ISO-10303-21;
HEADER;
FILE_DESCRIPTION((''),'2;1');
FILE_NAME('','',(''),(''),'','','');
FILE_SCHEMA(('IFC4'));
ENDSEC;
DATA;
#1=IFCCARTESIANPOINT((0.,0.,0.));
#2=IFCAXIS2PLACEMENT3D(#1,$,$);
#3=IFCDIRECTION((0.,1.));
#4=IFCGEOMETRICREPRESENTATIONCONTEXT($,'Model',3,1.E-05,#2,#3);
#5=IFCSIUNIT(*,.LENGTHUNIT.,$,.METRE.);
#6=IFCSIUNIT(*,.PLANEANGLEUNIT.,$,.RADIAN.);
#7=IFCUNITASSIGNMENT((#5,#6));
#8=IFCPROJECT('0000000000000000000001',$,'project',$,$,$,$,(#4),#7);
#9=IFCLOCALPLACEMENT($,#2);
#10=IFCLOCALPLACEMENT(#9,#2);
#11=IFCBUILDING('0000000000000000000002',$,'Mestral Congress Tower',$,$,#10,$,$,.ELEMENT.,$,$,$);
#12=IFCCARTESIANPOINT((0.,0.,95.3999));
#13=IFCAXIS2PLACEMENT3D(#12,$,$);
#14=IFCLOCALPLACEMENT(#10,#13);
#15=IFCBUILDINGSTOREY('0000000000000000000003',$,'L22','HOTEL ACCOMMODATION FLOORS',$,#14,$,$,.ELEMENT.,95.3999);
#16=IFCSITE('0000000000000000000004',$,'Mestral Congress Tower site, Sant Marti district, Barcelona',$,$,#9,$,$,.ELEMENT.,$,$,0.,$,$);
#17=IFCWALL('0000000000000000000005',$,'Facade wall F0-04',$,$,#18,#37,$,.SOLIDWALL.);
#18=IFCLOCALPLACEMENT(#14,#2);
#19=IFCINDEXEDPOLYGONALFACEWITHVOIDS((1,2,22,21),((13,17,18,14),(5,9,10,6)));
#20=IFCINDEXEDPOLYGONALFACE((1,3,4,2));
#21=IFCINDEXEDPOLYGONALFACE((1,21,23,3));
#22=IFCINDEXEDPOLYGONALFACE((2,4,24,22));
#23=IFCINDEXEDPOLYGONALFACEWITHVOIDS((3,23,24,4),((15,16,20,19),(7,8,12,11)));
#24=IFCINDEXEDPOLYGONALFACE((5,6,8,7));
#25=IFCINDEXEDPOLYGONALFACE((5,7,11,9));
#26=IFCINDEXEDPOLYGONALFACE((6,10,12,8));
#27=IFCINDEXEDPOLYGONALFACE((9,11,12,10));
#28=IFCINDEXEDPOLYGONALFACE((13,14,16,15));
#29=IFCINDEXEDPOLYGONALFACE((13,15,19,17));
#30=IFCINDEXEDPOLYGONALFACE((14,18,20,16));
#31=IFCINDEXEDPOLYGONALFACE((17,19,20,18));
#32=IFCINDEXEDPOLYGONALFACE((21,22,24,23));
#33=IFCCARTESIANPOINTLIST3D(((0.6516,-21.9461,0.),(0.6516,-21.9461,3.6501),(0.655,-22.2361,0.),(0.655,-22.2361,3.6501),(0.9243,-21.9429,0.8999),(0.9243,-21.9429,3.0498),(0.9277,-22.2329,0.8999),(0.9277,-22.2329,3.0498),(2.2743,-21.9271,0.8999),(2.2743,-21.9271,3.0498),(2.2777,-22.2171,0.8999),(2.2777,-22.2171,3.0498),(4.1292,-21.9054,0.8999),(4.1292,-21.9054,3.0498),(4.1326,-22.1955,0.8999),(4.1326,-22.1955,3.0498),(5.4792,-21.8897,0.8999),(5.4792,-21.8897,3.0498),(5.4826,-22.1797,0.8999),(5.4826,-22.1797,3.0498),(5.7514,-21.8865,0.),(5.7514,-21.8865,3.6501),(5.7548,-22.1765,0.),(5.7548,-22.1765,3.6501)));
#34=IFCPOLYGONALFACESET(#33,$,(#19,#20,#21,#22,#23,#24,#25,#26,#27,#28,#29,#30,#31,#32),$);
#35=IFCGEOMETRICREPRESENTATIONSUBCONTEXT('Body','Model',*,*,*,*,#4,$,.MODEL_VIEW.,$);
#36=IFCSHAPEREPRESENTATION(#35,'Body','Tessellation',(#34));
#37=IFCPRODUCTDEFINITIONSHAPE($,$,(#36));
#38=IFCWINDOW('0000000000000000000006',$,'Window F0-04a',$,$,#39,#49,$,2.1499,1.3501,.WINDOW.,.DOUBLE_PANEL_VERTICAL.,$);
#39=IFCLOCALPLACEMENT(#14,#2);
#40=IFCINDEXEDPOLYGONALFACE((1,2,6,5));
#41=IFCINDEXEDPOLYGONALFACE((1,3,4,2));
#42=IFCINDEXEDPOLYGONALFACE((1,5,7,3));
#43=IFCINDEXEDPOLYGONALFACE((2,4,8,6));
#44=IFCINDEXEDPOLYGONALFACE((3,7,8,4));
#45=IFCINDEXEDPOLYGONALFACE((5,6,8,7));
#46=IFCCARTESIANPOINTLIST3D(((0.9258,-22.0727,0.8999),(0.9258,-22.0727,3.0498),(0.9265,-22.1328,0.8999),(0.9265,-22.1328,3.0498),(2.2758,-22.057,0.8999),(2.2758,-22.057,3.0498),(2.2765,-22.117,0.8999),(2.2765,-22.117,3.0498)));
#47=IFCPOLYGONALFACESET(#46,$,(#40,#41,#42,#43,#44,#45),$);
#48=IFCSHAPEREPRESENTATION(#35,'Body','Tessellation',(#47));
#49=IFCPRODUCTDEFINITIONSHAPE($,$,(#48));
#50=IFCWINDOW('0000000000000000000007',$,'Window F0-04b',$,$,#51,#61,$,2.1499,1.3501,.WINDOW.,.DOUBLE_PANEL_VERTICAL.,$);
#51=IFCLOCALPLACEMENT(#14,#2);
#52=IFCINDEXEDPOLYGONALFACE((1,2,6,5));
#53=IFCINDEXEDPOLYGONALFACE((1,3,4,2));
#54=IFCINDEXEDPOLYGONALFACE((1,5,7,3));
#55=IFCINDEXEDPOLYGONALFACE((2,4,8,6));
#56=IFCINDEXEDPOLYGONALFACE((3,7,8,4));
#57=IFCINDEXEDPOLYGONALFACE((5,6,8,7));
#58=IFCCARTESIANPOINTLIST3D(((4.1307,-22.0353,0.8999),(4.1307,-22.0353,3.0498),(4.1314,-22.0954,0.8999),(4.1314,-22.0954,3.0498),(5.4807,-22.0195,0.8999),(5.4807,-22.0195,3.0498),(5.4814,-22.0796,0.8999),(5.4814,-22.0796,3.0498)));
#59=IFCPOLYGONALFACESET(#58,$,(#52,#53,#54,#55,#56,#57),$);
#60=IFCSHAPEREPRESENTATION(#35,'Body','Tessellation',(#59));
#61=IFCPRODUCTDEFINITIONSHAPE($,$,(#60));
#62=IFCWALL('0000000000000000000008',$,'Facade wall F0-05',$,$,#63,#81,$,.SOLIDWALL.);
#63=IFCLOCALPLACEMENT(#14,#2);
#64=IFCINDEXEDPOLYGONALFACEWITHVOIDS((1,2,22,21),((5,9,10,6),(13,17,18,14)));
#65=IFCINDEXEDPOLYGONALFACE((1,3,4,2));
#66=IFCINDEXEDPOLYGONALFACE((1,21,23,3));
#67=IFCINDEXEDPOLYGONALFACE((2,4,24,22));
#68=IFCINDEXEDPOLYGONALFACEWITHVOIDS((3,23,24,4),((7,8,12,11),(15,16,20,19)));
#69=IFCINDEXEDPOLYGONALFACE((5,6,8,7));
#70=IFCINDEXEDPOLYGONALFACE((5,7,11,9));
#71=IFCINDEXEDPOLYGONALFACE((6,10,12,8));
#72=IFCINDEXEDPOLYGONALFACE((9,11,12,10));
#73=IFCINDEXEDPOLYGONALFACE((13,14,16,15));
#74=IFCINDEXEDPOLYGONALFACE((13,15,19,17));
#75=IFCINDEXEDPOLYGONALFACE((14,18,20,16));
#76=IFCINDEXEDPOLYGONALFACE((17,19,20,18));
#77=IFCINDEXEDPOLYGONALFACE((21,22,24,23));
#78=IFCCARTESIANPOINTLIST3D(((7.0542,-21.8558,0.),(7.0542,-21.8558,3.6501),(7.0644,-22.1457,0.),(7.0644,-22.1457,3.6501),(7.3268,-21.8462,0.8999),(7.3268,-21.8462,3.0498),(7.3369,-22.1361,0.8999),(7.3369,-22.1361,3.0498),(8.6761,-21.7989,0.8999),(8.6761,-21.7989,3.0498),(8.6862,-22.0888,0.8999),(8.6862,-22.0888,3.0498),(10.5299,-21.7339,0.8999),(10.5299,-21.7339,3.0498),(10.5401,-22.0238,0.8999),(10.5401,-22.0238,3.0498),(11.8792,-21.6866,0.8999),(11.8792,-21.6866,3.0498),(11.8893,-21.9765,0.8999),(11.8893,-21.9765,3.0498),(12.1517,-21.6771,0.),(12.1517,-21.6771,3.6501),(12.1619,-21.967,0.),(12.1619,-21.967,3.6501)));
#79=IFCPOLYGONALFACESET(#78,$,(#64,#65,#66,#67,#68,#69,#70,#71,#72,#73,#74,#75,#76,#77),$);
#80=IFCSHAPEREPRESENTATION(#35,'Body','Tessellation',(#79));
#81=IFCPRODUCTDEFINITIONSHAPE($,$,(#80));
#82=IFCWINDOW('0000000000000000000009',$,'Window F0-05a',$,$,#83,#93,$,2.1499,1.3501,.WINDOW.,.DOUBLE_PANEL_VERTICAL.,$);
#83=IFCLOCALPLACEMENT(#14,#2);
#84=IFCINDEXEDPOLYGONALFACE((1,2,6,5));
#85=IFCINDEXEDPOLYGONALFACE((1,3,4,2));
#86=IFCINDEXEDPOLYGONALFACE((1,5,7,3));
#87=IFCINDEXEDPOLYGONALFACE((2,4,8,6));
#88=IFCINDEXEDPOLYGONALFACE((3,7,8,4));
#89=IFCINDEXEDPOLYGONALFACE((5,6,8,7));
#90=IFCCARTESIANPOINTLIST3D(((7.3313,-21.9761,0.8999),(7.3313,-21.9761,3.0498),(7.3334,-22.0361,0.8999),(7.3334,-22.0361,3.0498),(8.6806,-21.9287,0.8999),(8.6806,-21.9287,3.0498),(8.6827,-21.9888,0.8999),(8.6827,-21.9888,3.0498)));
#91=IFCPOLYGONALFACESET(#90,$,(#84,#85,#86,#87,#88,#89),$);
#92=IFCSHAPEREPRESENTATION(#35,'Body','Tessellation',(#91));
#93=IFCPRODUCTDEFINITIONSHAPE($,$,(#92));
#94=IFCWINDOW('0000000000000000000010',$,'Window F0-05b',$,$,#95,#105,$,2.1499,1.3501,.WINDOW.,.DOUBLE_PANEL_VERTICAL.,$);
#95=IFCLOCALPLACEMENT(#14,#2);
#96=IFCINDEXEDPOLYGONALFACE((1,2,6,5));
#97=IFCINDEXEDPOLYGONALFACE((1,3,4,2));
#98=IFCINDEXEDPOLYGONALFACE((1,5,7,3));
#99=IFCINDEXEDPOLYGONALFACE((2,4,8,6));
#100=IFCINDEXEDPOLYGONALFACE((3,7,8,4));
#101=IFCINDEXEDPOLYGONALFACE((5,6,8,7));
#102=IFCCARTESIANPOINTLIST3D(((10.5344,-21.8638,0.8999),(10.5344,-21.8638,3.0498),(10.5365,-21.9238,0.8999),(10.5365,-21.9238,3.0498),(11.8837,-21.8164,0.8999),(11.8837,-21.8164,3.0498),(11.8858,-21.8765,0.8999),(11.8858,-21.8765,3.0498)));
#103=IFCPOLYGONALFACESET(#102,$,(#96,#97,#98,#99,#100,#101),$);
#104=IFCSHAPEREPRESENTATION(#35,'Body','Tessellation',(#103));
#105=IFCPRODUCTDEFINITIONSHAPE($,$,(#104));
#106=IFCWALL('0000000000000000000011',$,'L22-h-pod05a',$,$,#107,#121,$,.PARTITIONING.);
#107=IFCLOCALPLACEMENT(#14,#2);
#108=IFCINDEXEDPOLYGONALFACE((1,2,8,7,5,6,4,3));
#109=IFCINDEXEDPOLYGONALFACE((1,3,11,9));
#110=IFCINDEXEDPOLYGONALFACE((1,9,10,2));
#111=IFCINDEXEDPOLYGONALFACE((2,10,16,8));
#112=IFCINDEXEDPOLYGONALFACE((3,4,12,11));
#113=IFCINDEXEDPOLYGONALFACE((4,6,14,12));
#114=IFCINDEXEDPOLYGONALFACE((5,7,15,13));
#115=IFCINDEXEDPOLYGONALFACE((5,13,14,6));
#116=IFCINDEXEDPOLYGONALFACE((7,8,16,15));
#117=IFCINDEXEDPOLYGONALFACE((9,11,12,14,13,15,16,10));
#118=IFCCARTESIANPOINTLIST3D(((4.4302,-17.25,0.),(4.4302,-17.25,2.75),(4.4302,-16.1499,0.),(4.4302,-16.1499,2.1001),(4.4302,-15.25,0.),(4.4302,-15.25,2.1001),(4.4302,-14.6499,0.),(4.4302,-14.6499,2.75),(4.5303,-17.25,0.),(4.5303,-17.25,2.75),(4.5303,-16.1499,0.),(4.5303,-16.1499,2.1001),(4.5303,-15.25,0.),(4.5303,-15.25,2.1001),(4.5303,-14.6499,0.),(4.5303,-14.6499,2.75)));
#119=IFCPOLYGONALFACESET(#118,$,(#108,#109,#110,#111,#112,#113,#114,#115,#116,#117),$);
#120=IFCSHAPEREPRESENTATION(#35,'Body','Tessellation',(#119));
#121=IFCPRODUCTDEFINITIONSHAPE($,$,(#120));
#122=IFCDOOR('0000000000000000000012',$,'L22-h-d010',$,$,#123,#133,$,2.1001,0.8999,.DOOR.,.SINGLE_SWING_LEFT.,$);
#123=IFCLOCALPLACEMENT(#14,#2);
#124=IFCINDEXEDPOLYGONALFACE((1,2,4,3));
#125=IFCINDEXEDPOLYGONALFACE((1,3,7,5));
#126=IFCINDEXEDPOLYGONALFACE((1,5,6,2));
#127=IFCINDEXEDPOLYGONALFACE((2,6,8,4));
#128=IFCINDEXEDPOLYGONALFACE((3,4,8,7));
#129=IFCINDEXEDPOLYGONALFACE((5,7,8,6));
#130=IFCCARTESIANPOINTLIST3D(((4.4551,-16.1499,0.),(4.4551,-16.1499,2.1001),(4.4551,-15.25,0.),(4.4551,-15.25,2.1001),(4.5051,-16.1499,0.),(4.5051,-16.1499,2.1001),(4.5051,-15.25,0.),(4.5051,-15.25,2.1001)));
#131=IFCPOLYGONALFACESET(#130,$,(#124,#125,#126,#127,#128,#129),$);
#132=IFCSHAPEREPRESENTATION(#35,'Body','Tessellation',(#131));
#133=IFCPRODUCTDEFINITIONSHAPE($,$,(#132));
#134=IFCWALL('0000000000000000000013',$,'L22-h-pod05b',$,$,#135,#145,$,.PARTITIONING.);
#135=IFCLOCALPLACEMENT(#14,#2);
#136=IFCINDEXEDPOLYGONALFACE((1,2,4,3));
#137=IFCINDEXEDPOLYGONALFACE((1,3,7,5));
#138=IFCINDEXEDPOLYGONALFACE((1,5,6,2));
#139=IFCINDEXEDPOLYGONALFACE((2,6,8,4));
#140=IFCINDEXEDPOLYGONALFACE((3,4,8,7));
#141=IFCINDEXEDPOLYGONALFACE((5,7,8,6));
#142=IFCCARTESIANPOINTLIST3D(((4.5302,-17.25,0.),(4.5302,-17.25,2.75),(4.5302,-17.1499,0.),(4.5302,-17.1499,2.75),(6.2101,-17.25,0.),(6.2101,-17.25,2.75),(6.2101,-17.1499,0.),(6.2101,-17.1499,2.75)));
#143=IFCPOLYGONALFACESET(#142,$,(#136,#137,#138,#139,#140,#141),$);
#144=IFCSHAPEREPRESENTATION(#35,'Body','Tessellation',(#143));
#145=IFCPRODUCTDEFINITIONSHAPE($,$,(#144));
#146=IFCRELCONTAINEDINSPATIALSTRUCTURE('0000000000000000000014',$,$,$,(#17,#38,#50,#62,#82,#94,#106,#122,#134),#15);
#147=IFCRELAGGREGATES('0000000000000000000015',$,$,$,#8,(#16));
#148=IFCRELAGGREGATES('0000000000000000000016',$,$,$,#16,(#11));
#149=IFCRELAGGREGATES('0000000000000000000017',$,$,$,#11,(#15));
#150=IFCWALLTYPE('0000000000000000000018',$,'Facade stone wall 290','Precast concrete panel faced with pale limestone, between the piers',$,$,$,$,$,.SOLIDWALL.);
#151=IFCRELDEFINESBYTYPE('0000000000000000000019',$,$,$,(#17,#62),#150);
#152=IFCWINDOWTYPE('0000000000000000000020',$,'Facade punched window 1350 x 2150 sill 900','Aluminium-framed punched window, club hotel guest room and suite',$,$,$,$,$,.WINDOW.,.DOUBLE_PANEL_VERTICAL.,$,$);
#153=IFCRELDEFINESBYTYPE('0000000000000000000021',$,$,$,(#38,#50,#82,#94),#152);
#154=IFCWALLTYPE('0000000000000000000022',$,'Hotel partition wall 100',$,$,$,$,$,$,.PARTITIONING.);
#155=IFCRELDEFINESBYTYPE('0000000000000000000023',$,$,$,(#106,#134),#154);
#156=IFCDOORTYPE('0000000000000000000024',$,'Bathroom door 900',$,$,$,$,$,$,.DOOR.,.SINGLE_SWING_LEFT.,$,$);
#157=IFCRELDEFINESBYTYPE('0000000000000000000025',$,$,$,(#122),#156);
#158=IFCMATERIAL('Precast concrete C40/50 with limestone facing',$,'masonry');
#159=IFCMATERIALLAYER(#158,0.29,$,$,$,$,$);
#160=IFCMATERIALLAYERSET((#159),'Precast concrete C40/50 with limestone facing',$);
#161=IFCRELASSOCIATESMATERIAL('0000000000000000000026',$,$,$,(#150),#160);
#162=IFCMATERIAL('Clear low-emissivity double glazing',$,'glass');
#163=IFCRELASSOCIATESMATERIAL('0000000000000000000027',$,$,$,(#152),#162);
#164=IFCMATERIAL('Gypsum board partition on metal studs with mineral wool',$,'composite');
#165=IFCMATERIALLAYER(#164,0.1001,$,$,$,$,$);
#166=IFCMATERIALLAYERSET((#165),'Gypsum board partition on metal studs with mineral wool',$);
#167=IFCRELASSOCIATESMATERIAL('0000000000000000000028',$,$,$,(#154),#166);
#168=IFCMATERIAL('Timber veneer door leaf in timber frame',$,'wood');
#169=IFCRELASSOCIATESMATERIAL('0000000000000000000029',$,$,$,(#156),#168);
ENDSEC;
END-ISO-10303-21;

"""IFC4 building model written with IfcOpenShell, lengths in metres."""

from ifc_helpers import new_model, si_unit, direction, frame, frame_2d, origin, place, context, subcontext, project, spatial, rectangle, extrude, material, layer, layer_set, type_object, element, fill, save


model = new_model("IFC4")

# Units and contexts
model_context = context("Model", 3, precision=1e-05, world=origin(), true_north=direction((0.0, 1.0)))
body_context = subcontext(model_context, "Body", "Model", "MODEL_VIEW")
ifc_project = project(units=[si_unit("LENGTHUNIT", "METRE"), si_unit("PLANEANGLEUNIT", "RADIAN")], contexts=[model_context])

# Site, building, storey
site_placement = place(None, origin())
site = spatial("IfcSite", under=ifc_project, at=site_placement, Name="Mestral Congress Tower site, Sant Marti district, Barcelona", CompositionType="ELEMENT", RefElevation=0.0)
building_placement = place(site_placement, origin())
building = spatial("IfcBuilding", under=site, at=building_placement, Name="Mestral Congress Tower", CompositionType="ELEMENT")
storey_placement = place(building_placement, frame((0.0, 0.0, 95.3999)))
storey = spatial("IfcBuildingStorey", under=building, at=storey_placement, Name="L22", Description="HOTEL ACCOMMODATION FLOORS", CompositionType="ELEMENT", Elevation=95.3999)

# Walls, openings, windows
ifc_material_1 = material(Name="Precast concrete C40/50 with limestone facing", Category="masonry")
ifc_layer_1 = layer(ifc_material_1, 0.29)
ifc_layer_set_1 = layer_set([ifc_layer_1], Name="Precast concrete C40/50 with limestone facing")
wall_type_1 = type_object("IfcWallType", Name="Facade stone wall 290", Description="Precast concrete panel faced with pale limestone, between the piers", PredefinedType="SOLIDWALL", material=ifc_layer_set_1)
wall_1_placement = place(storey_placement, frame((0.6533, -22.0911, 0.0), z_axis=(0.0, 0.0, 1.0), x_axis=(0.999932, 0.01168, 0.0)))
wall_1 = element("IfcWall", 1, at=wall_1_placement, inside=storey, type_object=wall_type_1, Name="Facade wall F0-04", PredefinedType="SOLIDWALL", context=body_context, shape_type="SweptSolid", body=[
    extrude(rectangle(XDim=5.1001, YDim=0.29, at=frame_2d((2.55, 0.0))), origin(), (0.0, 0.0, 1.0), 3.6501),
])
opening_1_placement = place(wall_1_placement, frame((0.2727, 0.0, 0.8999)))
opening_1 = element("IfcOpeningElement", 2, at=opening_1_placement, cuts=wall_1, PredefinedType="OPENING", context=body_context, shape_type="SweptSolid", body=[
    extrude(rectangle(XDim=1.3501, YDim=2.1499, at=frame_2d((0.675, 1.075))), frame((0.0, 0.155, 0.0), z_axis=(0.0, -1.0, 0.0), x_axis=(1.0, 0.0, 0.0)), (0.0, 0.0, 1.0), 0.3101),
])
opening_2_placement = place(wall_1_placement, frame((3.4778, 0.0, 0.8999)))
opening_2 = element("IfcOpeningElement", 3, at=opening_2_placement, cuts=wall_1, PredefinedType="OPENING", context=body_context, shape_type="SweptSolid", body=[
    extrude(rectangle(XDim=1.3501, YDim=2.1499, at=frame_2d((0.675, 1.075))), frame((0.0, 0.155, 0.0), z_axis=(0.0, -1.0, 0.0), x_axis=(1.0, 0.0, 0.0)), (0.0, 0.0, 1.0), 0.3101),
])
ifc_material_2 = material(Name="Clear low-emissivity double glazing", Category="glass")
window_type = type_object("IfcWindowType", Name="Facade punched window 1350 x 2150 sill 900", Description="Aluminium-framed punched window, club hotel guest room and suite", PartitioningType="DOUBLE_PANEL_VERTICAL", PredefinedType="WINDOW", material=ifc_material_2)
window_1_placement = place(opening_1_placement, origin())
window_1 = element("IfcWindow", 4, at=window_1_placement, inside=storey, type_object=window_type, Name="Window F0-04a", OverallHeight=2.1499, OverallWidth=1.3501, PartitioningType="DOUBLE_PANEL_VERTICAL", PredefinedType="WINDOW", context=body_context, shape_type="SweptSolid", body=[
    extrude(rectangle(XDim=1.3501, YDim=2.1499, at=frame_2d((0.675, 1.075))), frame((0.0, 0.0151, 0.0), z_axis=(0.0, -1.0, 0.0), x_axis=(1.0, 0.0, 0.0)), (0.0, 0.0, 1.0), 0.0601),
])
fill(opening_1, window_1)
window_2_placement = place(opening_2_placement, origin())
window_2 = element("IfcWindow", 5, at=window_2_placement, inside=storey, type_object=window_type, Name="Window F0-04b", OverallHeight=2.1499, OverallWidth=1.3501, PartitioningType="DOUBLE_PANEL_VERTICAL", PredefinedType="WINDOW", context=body_context, shape_type="SweptSolid", body=[
    extrude(rectangle(XDim=1.3501, YDim=2.1499, at=frame_2d((0.675, 1.075))), frame((0.0, 0.0151, 0.0), z_axis=(0.0, -1.0, 0.0), x_axis=(1.0, 0.0, 0.0)), (0.0, 0.0, 1.0), 0.0601),
])
fill(opening_2, window_2)
wall_2_placement = place(storey_placement, frame((7.0593, -22.0007, 0.0), z_axis=(0.0, 0.0, 1.0), x_axis=(0.999386, 0.035038, 0.0)))
wall_2 = element("IfcWall", 6, at=wall_2_placement, inside=storey, type_object=wall_type_1, Name="Facade wall F0-05", PredefinedType="SOLIDWALL", context=body_context, shape_type="SweptSolid", body=[
    extrude(rectangle(XDim=5.1006, YDim=0.29, at=frame_2d((2.5503, 0.0))), origin(), (0.0, 0.0, 1.0), 3.6501),
])
opening_3_placement = place(wall_2_placement, frame((0.2727, 0.0, 0.8999)))
opening_3 = element("IfcOpeningElement", 7, at=opening_3_placement, cuts=wall_2, PredefinedType="OPENING", context=body_context, shape_type="SweptSolid", body=[
    extrude(rectangle(XDim=1.3501, YDim=2.1499, at=frame_2d((0.675, 1.075))), frame((0.0, 0.155, 0.0), z_axis=(0.0, -1.0, 0.0), x_axis=(1.0, 0.0, 0.0)), (0.0, 0.0, 1.0), 0.3101),
])
opening_4_placement = place(wall_2_placement, frame((3.4778, 0.0, 0.8999)))
opening_4 = element("IfcOpeningElement", 8, at=opening_4_placement, cuts=wall_2, PredefinedType="OPENING", context=body_context, shape_type="SweptSolid", body=[
    extrude(rectangle(XDim=1.3501, YDim=2.1499, at=frame_2d((0.675, 1.075))), frame((0.0, 0.155, 0.0), z_axis=(0.0, -1.0, 0.0), x_axis=(1.0, 0.0, 0.0)), (0.0, 0.0, 1.0), 0.3101),
])
window_3_placement = place(opening_3_placement, origin())
window_3 = element("IfcWindow", 9, at=window_3_placement, inside=storey, type_object=window_type, Name="Window F0-05a", OverallHeight=2.1499, OverallWidth=1.3501, PartitioningType="DOUBLE_PANEL_VERTICAL", PredefinedType="WINDOW", context=body_context, shape_type="SweptSolid", body=[
    extrude(rectangle(XDim=1.3501, YDim=2.1499, at=frame_2d((0.675, 1.075))), frame((0.0, 0.0151, 0.0), z_axis=(0.0, -1.0, 0.0), x_axis=(1.0, 0.0, 0.0)), (0.0, 0.0, 1.0), 0.0601),
])
fill(opening_3, window_3)
window_4_placement = place(opening_4_placement, origin())
window_4 = element("IfcWindow", 10, at=window_4_placement, inside=storey, type_object=window_type, Name="Window F0-05b", OverallHeight=2.1499, OverallWidth=1.3501, PartitioningType="DOUBLE_PANEL_VERTICAL", PredefinedType="WINDOW", context=body_context, shape_type="SweptSolid", body=[
    extrude(rectangle(XDim=1.3501, YDim=2.1499, at=frame_2d((0.675, 1.075))), frame((0.0, 0.0151, 0.0), z_axis=(0.0, -1.0, 0.0), x_axis=(1.0, 0.0, 0.0)), (0.0, 0.0, 1.0), 0.0601),
])
fill(opening_4, window_4)

# Wall, opening, door
ifc_material_3 = material(Name="Gypsum board partition on metal studs with mineral wool", Category="composite")
ifc_layer_2 = layer(ifc_material_3, 0.1001)
ifc_layer_set_2 = layer_set([ifc_layer_2], Name="Gypsum board partition on metal studs with mineral wool")
wall_type_2 = type_object("IfcWallType", Name="Hotel partition wall 100", PredefinedType="PARTITIONING", material=ifc_layer_set_2)
wall_3_placement = place(storey_placement, frame((4.4802, -14.6499, 0.0), z_axis=(0.0, 0.0, 1.0), x_axis=(0.0, -1.0, 0.0)))
wall_3 = element("IfcWall", 11, at=wall_3_placement, inside=storey, type_object=wall_type_2, Name="L22-h-pod05a", PredefinedType="PARTITIONING", context=body_context, shape_type="SweptSolid", body=[
    extrude(rectangle(XDim=2.6001, YDim=0.1001, at=frame_2d((1.3, 0.0))), origin(), (0.0, 0.0, 1.0), 2.75),
])
opening_5_placement = place(wall_3_placement, frame((0.6001, 0.0, 0.0)))
opening_5 = element("IfcOpeningElement", 12, at=opening_5_placement, cuts=wall_3, PredefinedType="OPENING", context=body_context, shape_type="SweptSolid", body=[
    extrude(rectangle(XDim=0.8999, YDim=2.1001, at=frame_2d((0.45, 1.05))), frame((0.0, 0.0601, 0.0), z_axis=(0.0, -1.0, 0.0), x_axis=(1.0, 0.0, 0.0)), (0.0, 0.0, 1.0), 0.1201),
])
ifc_material_4 = material(Name="Timber veneer door leaf in timber frame", Category="wood")
door_type_1 = type_object("IfcDoorType", Name="Bathroom door 900", OperationType="SINGLE_SWING_LEFT", PredefinedType="DOOR", material=ifc_material_4)
door_1_placement = place(opening_5_placement, origin())
door_1 = element("IfcDoor", 13, at=door_1_placement, inside=storey, type_object=door_type_1, Name="L22-h-d010", OperationType="SINGLE_SWING_LEFT", OverallHeight=2.1001, OverallWidth=0.8999, PredefinedType="DOOR", context=body_context, shape_type="SweptSolid", body=[
    extrude(rectangle(XDim=0.8999, YDim=2.1001, at=frame_2d((0.45, 1.05))), frame((0.0, 0.0249, 0.0), z_axis=(0.0, -1.0, 0.0), x_axis=(1.0, 0.0, 0.0)), (0.0, 0.0, 1.0), 0.05),
])
fill(opening_5, door_1)

# Wall
wall_4_placement = place(storey_placement, frame((4.5303, -17.2, 0.0), z_axis=(0.0, 0.0, 1.0), x_axis=(1.0, 0.0, 0.0)))
element("IfcWall", 14, at=wall_4_placement, inside=storey, type_object=wall_type_2, Name="L22-h-pod05b", PredefinedType="PARTITIONING", context=body_context, shape_type="SweptSolid", body=[
    extrude(rectangle(XDim=1.6799, YDim=0.1001, at=frame_2d((0.8398, 0.0))), origin(), (0.0, 0.0, 1.0), 2.75),
])

save(model, "model.ifc")
